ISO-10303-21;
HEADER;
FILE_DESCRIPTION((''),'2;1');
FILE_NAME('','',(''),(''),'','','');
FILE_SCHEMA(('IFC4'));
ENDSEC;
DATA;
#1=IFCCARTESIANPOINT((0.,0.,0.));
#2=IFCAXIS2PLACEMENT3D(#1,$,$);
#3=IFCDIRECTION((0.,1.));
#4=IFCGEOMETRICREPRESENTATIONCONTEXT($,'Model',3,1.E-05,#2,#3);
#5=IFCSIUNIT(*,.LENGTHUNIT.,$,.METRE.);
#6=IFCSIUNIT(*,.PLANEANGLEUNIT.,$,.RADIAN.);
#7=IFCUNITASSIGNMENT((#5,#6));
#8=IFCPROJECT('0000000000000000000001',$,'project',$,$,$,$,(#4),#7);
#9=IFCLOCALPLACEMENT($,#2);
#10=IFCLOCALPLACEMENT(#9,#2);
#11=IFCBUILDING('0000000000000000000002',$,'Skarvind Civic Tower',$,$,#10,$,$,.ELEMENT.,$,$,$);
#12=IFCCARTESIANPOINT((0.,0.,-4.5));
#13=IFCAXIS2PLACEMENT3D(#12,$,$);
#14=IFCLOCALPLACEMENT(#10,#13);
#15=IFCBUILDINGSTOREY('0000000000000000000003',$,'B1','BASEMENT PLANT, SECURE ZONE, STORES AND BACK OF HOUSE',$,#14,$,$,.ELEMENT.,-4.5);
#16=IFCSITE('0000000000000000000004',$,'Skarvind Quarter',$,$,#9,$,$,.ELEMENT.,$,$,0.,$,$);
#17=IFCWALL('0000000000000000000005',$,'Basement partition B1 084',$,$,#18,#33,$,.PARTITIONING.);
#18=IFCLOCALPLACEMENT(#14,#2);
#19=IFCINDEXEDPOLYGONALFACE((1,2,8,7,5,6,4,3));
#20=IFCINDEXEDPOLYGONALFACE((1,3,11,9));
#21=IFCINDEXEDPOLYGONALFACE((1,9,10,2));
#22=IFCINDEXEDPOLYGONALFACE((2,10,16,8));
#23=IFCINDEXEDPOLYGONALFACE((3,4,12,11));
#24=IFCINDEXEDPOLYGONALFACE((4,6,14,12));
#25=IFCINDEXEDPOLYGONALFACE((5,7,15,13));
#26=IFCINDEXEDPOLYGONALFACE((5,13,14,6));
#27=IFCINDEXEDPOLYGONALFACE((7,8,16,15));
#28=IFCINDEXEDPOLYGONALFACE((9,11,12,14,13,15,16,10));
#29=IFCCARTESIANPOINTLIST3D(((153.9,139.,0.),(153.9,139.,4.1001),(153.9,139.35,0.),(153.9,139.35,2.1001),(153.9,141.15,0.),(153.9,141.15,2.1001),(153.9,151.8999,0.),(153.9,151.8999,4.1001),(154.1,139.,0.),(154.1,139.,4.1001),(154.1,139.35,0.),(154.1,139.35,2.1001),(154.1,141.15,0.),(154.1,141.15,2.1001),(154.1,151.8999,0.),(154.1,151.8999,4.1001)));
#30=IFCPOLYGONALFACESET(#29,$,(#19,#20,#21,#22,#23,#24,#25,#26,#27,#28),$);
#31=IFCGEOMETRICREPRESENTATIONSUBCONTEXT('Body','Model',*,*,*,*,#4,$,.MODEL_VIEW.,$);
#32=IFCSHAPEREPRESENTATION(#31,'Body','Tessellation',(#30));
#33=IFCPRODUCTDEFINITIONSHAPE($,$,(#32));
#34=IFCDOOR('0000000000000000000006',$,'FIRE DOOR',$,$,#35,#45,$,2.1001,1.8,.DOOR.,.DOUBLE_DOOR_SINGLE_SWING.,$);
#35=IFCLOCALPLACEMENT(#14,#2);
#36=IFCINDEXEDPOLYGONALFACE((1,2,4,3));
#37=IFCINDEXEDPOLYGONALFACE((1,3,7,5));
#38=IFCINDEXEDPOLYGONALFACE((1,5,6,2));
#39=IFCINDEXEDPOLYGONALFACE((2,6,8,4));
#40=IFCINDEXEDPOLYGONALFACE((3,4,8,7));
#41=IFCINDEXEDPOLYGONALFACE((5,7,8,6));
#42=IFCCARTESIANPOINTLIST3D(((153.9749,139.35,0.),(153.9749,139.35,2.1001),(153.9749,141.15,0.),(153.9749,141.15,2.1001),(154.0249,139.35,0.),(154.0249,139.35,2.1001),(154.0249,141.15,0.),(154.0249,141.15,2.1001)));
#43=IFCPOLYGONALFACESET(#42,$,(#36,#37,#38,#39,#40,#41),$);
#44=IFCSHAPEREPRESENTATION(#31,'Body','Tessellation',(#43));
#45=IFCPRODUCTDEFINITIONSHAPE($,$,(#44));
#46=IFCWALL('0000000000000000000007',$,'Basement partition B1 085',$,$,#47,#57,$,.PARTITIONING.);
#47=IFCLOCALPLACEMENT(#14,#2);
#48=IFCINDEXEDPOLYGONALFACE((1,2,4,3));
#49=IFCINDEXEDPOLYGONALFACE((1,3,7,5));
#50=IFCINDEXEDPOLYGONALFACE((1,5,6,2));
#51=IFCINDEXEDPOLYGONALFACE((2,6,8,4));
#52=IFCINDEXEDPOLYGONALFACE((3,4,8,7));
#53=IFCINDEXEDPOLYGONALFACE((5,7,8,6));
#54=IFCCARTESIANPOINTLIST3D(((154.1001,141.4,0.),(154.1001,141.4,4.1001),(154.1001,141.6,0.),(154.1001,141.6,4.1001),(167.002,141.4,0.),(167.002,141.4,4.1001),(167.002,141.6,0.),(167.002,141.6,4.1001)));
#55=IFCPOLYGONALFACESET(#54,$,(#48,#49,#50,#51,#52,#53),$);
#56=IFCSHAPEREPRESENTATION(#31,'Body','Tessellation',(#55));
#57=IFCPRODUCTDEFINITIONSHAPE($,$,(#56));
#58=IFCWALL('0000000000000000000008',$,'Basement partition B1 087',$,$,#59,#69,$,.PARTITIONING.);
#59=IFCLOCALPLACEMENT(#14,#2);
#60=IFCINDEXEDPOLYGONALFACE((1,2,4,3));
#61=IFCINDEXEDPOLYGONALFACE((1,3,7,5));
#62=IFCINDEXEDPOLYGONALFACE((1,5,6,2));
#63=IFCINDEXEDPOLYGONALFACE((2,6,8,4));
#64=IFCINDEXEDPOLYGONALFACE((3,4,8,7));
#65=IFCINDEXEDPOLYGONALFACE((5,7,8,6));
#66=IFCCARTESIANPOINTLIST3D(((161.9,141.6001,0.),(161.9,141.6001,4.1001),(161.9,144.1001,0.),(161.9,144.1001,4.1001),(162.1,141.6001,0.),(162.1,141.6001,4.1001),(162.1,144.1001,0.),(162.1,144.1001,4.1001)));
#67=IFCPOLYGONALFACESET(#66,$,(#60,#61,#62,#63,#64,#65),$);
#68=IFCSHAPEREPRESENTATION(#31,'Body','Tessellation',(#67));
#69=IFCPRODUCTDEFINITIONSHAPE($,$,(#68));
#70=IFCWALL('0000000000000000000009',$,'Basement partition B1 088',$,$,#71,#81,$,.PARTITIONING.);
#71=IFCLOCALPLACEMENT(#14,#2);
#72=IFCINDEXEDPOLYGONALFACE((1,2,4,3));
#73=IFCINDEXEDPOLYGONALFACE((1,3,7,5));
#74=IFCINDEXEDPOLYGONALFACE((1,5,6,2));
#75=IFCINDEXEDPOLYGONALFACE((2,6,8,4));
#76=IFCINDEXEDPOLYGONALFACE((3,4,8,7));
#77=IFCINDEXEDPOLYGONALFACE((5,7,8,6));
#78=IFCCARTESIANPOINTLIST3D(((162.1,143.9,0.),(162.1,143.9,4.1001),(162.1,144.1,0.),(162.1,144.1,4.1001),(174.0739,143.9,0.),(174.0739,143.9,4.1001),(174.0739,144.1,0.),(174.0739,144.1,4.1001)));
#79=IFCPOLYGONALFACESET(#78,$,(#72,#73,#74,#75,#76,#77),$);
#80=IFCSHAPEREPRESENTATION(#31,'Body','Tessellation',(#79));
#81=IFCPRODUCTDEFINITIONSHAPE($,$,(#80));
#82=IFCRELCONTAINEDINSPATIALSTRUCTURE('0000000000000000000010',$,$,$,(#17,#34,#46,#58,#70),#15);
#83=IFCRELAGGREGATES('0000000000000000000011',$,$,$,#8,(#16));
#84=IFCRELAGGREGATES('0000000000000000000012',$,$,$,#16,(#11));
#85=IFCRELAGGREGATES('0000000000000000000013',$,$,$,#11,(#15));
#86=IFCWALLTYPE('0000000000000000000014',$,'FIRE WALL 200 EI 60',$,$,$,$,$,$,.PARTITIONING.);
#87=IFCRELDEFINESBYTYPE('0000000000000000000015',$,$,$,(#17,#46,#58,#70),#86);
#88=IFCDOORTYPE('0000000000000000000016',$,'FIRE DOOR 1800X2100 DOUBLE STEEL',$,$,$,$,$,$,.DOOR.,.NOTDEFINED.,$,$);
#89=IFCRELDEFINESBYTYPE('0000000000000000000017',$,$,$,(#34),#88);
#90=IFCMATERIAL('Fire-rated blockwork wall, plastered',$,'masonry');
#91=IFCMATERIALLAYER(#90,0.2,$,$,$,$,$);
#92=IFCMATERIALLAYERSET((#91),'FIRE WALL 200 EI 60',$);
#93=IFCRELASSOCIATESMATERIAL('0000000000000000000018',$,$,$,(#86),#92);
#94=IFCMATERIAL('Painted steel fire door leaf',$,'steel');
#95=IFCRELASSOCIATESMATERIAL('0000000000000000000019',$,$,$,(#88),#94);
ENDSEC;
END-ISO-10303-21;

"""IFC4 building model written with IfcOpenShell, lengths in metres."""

from ifc_helpers import new_model, si_unit, direction, frame, frame_2d, origin, place, context, subcontext, project, spatial, rectangle, extrude, material, layer, layer_set, type_object, element, fill, save


model = new_model("IFC4")

# Units and contexts
model_context = context("Model", 3, precision=1e-05, world=origin(), true_north=direction((0.0, 1.0)))
body_context = subcontext(model_context, "Body", "Model", "MODEL_VIEW")
ifc_project = project(units=[si_unit("LENGTHUNIT", "METRE"), si_unit("PLANEANGLEUNIT", "RADIAN")], contexts=[model_context])

# Site, building, storey
site_placement = place(None, origin())
site = spatial("IfcSite", under=ifc_project, at=site_placement, Name="Skarvind Quarter", CompositionType="ELEMENT", RefElevation=0.0)
building_placement = place(site_placement, origin())
building = spatial("IfcBuilding", under=site, at=building_placement, Name="Skarvind Civic Tower", CompositionType="ELEMENT")
storey_placement = place(building_placement, frame((0.0, 0.0, -4.5)))
storey = spatial("IfcBuildingStorey", under=building, at=storey_placement, Name="B1", Description="BASEMENT PLANT, SECURE ZONE, STORES AND BACK OF HOUSE", CompositionType="ELEMENT", Elevation=-4.5)

# Shared definitions
ifc_material_1 = material(Name="Fire-rated blockwork wall, plastered", Category="masonry")

# Shared definitions
ifc_layer_1 = layer(ifc_material_1, 0.2)
ifc_layer_set_1 = layer_set([ifc_layer_1], Name="FIRE WALL 200 EI 60")
wall_type_1 = type_object("IfcWallType", Name="FIRE WALL 200 EI 60", PredefinedType="PARTITIONING", material=ifc_layer_set_1)
ifc_material_2 = material(Name="Painted steel fire door leaf", Category="steel")
door_type = type_object("IfcDoorType", Name="FIRE DOOR 1800X2100 DOUBLE STEEL", OperationType="NOTDEFINED", PredefinedType="DOOR", material=ifc_material_2)

# Wall, opening, door
wall_1_placement = place(storey_placement, frame((154.0, 151.8999, 0.0), z_axis=(0.0, 0.0, 1.0), x_axis=(0.0, -1.0, 0.0)))
wall_1 = element("IfcWall", 1, at=wall_1_placement, inside=storey, type_object=wall_type_1, Name="Basement partition B1 084", PredefinedType="PARTITIONING", context=body_context, shape_type="SweptSolid", body=[
    extrude(rectangle(XDim=12.8999, YDim=0.2, at=frame_2d((6.45, 0.0))), origin(), (0.0, 0.0, 1.0), 4.1001),
])
opening_1_placement = place(wall_1_placement, frame((10.75, 0.0, 0.0)))
opening_1 = element("IfcOpeningElement", 2, at=opening_1_placement, cuts=wall_1, PredefinedType="OPENING", context=body_context, shape_type="SweptSolid", body=[
    extrude(rectangle(XDim=1.8, YDim=2.1001, at=frame_2d((0.8999, 1.05))), frame((0.0, 0.1099, 0.0), z_axis=(0.0, -1.0, 0.0), x_axis=(1.0, 0.0, 0.0)), (0.0, 0.0, 1.0), 0.22),
])
door_1_placement = place(opening_1_placement, origin())
door_1 = element("IfcDoor", 3, at=door_1_placement, inside=storey, type_object=door_type, Name="FIRE DOOR", OperationType="DOUBLE_DOOR_SINGLE_SWING", OverallHeight=2.1001, OverallWidth=1.8, PredefinedType="DOOR", context=body_context, shape_type="SweptSolid", body=[
    extrude(rectangle(XDim=1.8, YDim=2.1001, at=frame_2d((0.8999, 1.05))), frame((0.0, 0.0249, 0.0), z_axis=(0.0, -1.0, 0.0), x_axis=(1.0, 0.0, 0.0)), (0.0, 0.0, 1.0), 0.05),
])
fill(opening_1, door_1)

# Walls
wall_2_placement = place(storey_placement, frame((154.1001, 141.5, 0.0), z_axis=(0.0, 0.0, 1.0), x_axis=(1.0, 0.0, 0.0)))
element("IfcWall", 4, at=wall_2_placement, inside=storey, type_object=wall_type_1, Name="Basement partition B1 085", PredefinedType="PARTITIONING", context=body_context, shape_type="SweptSolid", body=[
    extrude(rectangle(XDim=12.9019, YDim=0.2, at=frame_2d((6.4509, 0.0))), origin(), (0.0, 0.0, 1.0), 4.1001),
])
wall_3_placement = place(storey_placement, frame((162.0, 141.6001, 0.0), z_axis=(0.0, 0.0, 1.0), x_axis=(0.0, 1.0, 0.0)))
element("IfcWall", 5, at=wall_3_placement, inside=storey, type_object=wall_type_1, Name="Basement partition B1 087", PredefinedType="PARTITIONING", context=body_context, shape_type="SweptSolid", body=[
    extrude(rectangle(XDim=2.5, YDim=0.2, at=frame_2d((1.25, 0.0))), origin(), (0.0, 0.0, 1.0), 4.1001),
])
wall_4_placement = place(storey_placement, frame((162.1001, 144.0, 0.0), z_axis=(0.0, 0.0, 1.0), x_axis=(1.0, 0.0, 0.0)))
element("IfcWall", 6, at=wall_4_placement, inside=storey, type_object=wall_type_1, Name="Basement partition B1 088", PredefinedType="PARTITIONING", context=body_context, shape_type="SweptSolid", body=[
    extrude(rectangle(XDim=11.9739, YDim=0.2, at=frame_2d((5.9868, 0.0))), origin(), (0.0, 0.0, 1.0), 4.1001),
])

save(model, "model.ifc")
